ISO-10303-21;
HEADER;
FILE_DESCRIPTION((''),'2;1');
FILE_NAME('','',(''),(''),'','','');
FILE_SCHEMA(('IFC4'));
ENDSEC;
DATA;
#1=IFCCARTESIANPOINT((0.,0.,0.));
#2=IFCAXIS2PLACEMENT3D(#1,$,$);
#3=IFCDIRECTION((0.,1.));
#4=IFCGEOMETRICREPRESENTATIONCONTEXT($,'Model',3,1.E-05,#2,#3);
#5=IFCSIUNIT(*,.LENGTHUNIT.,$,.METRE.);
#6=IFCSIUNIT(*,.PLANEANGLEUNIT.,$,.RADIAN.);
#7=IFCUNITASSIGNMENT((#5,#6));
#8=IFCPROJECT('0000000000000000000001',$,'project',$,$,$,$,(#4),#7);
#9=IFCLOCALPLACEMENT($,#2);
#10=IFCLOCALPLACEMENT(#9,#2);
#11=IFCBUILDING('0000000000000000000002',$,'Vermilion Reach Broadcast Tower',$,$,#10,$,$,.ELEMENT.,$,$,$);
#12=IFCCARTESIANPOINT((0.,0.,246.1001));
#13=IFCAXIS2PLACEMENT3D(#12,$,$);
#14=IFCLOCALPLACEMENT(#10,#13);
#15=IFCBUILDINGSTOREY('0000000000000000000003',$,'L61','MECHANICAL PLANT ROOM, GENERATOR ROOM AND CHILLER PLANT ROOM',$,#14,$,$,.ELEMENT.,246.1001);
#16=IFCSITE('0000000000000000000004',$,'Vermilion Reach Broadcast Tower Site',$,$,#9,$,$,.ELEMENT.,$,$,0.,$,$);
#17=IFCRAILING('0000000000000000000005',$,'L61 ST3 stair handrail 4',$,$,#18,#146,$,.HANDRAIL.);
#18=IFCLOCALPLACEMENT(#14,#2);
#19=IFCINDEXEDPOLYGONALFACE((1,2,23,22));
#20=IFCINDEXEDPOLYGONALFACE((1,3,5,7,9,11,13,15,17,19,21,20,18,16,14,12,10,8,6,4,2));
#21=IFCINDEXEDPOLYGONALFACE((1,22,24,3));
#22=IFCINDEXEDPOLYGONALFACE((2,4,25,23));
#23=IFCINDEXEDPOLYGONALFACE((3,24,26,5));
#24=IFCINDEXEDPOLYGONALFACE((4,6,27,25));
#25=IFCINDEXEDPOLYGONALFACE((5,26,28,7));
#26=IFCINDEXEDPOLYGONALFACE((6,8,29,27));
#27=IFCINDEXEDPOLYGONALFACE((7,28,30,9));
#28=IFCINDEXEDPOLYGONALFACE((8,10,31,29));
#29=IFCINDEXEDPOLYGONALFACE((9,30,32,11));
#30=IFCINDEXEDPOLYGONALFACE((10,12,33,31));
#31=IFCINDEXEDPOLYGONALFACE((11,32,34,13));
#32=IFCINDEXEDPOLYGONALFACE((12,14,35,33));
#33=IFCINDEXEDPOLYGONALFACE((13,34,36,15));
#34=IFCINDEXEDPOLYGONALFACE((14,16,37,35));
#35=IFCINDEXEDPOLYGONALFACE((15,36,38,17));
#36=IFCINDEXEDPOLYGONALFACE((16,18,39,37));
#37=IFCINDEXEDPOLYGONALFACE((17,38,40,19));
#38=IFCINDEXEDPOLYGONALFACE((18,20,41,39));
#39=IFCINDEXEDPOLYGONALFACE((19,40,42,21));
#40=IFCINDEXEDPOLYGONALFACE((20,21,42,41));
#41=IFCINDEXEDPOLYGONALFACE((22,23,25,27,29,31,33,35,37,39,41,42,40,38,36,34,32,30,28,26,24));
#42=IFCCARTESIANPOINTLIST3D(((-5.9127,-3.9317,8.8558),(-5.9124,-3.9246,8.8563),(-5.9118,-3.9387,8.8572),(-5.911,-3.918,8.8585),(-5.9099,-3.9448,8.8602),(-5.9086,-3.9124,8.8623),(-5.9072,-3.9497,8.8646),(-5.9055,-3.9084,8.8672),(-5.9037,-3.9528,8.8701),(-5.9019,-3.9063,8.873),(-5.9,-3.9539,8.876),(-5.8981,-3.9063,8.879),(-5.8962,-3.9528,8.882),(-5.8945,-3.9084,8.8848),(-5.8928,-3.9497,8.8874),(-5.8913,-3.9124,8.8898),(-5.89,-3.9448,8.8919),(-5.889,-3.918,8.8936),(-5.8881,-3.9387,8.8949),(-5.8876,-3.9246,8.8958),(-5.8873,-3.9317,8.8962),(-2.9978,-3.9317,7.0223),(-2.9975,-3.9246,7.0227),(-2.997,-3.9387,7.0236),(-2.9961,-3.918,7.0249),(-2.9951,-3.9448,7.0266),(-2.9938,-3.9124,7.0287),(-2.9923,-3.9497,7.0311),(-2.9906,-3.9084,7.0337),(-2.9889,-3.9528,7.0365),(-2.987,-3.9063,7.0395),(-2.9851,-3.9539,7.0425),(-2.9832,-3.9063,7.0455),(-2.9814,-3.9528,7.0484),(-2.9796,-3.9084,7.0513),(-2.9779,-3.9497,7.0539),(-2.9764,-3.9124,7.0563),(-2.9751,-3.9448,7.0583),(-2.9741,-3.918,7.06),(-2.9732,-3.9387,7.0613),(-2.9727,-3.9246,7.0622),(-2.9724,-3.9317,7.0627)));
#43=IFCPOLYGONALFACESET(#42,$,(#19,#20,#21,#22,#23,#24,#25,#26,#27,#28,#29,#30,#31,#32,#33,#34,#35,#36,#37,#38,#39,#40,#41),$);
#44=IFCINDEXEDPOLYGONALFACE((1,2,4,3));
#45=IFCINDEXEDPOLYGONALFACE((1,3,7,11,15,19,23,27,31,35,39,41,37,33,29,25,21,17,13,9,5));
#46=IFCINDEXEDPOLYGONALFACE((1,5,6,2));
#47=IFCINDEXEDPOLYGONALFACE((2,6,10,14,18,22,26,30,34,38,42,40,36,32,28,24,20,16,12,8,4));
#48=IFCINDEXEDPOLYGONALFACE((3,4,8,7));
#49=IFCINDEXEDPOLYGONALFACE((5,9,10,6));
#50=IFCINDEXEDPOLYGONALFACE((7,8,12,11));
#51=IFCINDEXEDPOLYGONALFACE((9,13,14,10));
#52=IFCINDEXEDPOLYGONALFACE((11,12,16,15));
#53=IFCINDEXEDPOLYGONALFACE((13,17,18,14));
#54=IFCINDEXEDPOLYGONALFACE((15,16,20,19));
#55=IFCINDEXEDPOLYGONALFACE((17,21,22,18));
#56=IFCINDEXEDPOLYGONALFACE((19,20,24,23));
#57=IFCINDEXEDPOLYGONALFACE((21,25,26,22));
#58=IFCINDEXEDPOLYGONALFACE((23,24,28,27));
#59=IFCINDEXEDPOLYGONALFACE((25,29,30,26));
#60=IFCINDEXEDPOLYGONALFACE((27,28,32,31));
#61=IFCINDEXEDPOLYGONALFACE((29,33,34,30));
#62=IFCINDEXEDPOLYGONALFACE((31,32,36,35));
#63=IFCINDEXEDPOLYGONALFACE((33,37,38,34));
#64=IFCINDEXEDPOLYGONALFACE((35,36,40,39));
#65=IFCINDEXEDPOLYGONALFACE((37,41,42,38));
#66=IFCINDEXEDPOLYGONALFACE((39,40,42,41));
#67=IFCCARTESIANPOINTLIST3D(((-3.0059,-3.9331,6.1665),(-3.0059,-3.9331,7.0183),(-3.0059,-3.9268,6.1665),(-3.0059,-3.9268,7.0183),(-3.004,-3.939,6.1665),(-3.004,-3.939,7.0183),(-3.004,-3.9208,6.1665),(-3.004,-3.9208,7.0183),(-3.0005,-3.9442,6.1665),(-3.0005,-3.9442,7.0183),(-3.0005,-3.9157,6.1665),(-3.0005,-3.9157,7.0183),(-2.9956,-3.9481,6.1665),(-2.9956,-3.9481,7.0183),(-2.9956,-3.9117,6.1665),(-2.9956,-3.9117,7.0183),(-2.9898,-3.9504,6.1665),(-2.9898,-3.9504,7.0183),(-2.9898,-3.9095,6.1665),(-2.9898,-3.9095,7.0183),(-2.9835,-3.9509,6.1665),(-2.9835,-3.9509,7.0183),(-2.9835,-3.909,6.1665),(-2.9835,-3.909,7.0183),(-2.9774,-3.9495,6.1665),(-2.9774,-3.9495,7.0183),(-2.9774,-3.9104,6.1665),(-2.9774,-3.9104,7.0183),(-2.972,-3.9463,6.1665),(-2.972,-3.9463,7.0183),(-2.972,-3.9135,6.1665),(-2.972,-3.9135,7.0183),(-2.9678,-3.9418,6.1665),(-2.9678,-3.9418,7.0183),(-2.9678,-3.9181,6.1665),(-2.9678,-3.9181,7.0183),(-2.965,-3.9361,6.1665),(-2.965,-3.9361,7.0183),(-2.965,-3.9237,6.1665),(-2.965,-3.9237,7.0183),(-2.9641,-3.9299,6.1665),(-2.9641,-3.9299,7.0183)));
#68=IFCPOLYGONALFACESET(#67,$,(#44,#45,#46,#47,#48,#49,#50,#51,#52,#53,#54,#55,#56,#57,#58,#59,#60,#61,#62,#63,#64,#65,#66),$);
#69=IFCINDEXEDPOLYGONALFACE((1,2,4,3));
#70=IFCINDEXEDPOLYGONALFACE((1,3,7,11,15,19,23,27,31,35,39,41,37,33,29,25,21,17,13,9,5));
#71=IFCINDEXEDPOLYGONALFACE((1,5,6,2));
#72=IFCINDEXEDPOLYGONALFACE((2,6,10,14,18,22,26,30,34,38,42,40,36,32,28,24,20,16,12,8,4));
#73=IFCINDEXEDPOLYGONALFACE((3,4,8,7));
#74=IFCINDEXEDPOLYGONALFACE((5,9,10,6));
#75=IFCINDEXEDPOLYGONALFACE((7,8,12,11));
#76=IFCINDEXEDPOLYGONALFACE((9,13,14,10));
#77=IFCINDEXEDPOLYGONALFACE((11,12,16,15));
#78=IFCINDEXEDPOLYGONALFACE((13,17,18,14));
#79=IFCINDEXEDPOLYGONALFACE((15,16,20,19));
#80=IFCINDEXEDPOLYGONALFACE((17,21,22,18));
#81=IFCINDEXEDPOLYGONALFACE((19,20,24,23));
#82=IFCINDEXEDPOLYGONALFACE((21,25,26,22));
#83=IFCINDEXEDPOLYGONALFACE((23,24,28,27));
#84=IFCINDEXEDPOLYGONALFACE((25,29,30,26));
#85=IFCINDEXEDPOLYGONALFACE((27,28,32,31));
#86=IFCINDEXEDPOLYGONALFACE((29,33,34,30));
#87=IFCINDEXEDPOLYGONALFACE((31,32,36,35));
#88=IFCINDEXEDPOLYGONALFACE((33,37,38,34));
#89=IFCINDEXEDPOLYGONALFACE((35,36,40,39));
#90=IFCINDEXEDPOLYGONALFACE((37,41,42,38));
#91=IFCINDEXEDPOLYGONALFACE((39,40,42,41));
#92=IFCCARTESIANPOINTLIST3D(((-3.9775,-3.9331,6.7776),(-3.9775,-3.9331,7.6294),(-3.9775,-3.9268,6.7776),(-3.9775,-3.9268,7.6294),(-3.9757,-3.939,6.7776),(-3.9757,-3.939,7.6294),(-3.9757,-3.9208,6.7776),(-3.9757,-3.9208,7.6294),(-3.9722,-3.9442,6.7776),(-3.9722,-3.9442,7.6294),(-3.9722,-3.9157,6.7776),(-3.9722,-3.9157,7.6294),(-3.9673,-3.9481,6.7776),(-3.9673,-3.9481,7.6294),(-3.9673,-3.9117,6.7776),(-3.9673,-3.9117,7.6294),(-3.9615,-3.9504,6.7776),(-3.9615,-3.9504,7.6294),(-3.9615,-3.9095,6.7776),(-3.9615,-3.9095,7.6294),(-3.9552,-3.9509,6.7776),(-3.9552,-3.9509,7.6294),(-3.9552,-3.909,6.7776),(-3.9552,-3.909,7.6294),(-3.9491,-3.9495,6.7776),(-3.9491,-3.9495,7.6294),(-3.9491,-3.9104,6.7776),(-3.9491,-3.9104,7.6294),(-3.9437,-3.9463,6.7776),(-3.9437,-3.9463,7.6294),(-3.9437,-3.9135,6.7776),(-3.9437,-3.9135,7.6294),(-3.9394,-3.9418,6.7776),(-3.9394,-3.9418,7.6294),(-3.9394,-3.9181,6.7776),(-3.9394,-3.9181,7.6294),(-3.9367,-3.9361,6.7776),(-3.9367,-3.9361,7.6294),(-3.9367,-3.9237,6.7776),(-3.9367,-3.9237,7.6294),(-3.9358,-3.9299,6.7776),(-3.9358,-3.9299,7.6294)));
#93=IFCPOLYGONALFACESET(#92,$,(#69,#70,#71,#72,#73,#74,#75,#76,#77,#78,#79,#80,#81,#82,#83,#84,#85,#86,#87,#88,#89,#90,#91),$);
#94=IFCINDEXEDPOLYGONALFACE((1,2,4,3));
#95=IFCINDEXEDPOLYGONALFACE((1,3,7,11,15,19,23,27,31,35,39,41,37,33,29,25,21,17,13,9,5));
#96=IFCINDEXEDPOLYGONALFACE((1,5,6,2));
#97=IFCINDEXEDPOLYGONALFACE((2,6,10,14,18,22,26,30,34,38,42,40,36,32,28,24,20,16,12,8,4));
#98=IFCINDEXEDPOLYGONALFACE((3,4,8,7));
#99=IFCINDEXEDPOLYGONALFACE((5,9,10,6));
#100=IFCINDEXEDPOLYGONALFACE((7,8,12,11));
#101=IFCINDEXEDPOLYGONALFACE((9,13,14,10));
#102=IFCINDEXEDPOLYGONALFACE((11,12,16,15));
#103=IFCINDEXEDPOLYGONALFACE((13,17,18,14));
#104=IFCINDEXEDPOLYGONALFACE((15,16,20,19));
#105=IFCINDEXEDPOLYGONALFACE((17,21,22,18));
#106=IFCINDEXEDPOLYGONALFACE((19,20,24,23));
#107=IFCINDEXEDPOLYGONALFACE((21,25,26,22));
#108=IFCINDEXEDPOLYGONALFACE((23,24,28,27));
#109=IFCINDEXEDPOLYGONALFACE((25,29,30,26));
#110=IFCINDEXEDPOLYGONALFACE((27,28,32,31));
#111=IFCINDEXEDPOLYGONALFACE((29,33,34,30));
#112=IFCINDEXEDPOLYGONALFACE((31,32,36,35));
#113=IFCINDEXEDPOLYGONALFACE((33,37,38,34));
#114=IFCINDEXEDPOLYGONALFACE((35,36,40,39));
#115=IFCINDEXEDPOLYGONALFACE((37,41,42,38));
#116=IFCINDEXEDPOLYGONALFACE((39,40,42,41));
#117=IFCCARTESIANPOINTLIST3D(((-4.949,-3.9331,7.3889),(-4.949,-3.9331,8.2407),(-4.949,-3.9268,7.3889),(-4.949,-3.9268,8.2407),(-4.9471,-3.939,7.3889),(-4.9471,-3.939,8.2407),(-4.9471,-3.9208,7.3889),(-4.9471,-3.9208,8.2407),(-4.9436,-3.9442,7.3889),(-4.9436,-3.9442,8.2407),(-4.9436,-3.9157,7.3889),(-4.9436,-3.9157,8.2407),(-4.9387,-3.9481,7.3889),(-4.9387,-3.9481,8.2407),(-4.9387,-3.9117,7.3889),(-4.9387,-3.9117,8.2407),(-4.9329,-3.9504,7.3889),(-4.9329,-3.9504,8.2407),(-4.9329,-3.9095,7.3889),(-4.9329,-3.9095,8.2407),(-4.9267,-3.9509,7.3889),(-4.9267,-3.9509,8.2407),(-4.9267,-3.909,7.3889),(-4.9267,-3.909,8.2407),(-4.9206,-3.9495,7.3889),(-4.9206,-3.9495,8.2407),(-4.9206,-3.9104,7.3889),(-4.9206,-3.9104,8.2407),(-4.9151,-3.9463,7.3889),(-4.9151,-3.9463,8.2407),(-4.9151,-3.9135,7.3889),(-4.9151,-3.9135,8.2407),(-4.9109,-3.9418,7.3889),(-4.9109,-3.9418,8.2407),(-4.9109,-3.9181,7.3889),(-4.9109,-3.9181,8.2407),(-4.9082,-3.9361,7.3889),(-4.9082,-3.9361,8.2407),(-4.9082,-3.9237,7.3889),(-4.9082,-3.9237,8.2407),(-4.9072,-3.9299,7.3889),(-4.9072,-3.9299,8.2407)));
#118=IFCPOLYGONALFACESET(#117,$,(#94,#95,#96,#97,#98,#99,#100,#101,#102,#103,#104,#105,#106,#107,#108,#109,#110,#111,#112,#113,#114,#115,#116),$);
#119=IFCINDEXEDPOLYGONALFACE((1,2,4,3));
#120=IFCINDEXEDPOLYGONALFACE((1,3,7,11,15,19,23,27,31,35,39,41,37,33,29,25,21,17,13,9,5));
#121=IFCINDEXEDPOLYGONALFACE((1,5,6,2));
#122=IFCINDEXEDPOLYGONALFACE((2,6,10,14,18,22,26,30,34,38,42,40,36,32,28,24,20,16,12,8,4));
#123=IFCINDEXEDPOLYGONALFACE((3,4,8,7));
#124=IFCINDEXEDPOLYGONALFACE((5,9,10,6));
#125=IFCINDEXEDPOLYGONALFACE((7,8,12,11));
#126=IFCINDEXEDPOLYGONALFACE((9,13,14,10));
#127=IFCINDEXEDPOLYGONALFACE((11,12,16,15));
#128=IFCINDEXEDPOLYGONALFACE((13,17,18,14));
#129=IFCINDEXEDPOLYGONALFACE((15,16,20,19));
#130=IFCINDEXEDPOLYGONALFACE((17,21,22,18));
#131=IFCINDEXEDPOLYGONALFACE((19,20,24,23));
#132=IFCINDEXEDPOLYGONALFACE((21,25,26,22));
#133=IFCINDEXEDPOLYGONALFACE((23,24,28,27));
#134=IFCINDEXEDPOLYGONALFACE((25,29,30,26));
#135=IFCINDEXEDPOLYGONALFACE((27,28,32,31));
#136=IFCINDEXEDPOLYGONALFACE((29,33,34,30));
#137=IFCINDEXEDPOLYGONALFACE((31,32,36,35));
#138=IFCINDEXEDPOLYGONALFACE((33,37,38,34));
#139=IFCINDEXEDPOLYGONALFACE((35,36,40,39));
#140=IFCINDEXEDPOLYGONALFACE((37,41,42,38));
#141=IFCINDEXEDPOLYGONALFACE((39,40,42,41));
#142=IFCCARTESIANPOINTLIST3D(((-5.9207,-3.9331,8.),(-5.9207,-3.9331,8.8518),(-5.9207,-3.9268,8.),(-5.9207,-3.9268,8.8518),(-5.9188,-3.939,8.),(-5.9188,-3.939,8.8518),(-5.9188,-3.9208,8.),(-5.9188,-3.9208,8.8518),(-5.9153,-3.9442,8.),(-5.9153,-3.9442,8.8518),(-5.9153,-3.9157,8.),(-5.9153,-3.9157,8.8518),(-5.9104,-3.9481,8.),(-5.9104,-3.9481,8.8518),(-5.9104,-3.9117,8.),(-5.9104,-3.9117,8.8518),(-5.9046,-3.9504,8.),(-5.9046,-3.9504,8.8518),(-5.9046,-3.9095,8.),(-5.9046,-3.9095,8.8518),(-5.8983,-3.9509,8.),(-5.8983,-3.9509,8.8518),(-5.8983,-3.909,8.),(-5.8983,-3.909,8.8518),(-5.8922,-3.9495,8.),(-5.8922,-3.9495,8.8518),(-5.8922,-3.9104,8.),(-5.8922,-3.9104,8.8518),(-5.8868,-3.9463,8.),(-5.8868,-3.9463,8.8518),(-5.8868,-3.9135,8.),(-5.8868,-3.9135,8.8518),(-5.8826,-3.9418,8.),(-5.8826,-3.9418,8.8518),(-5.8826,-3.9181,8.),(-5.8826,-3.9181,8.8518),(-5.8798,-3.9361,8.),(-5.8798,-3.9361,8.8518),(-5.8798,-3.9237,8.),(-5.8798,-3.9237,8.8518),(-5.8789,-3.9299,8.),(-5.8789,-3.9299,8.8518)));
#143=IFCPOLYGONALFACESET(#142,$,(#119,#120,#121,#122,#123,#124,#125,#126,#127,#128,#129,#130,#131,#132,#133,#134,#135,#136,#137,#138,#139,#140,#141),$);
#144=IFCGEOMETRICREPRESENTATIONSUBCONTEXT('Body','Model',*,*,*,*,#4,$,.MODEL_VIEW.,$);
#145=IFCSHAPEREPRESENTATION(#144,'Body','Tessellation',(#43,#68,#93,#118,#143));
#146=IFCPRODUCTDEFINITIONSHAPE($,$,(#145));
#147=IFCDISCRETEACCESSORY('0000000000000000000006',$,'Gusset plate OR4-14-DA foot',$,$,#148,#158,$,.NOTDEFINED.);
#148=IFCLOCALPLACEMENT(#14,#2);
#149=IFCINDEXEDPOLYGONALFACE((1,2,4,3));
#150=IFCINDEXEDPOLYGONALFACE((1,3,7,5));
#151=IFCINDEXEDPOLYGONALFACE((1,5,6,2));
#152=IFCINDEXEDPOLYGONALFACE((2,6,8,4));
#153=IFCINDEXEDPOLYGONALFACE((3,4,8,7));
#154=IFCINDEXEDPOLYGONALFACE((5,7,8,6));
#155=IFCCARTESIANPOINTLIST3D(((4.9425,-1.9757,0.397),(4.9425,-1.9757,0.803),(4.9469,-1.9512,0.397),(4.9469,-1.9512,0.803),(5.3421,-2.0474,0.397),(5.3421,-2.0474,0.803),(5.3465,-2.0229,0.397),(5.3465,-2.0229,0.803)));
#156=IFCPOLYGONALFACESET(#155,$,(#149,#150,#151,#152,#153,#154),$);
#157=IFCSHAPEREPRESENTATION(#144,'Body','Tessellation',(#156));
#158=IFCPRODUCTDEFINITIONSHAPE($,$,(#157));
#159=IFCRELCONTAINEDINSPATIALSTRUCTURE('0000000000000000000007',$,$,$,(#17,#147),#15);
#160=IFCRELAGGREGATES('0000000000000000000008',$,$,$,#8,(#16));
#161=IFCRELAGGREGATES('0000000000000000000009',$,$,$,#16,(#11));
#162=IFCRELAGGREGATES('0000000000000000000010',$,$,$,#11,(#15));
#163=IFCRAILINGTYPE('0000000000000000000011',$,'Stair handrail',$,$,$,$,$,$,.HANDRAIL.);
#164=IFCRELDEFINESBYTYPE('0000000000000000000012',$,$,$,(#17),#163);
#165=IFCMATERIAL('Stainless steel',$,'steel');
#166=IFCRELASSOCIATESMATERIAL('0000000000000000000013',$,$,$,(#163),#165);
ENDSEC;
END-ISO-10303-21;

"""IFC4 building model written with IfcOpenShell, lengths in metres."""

from ifc_helpers import new_model, si_unit, direction, frame, origin, origin_2d, place, context, subcontext, project, spatial, rectangle, circle, extrude, material, type_object, element, save


model = new_model("IFC4")

# Units and contexts
model_context = context("Model", 3, precision=1e-05, world=origin(), true_north=direction((0.0, 1.0)))
body_context = subcontext(model_context, "Body", "Model", "MODEL_VIEW")
ifc_project = project(units=[si_unit("LENGTHUNIT", "METRE"), si_unit("PLANEANGLEUNIT", "RADIAN")], contexts=[model_context])

# Site, building, storey
site_placement = place(None, origin())
site = spatial("IfcSite", under=ifc_project, at=site_placement, Name="Vermilion Reach Broadcast Tower Site", CompositionType="ELEMENT", RefElevation=0.0)
building_placement = place(site_placement, origin())
building = spatial("IfcBuilding", under=site, at=building_placement, Name="Vermilion Reach Broadcast Tower", CompositionType="ELEMENT")
storey_placement = place(building_placement, frame((0.0, 0.0, 246.1001)))
storey = spatial("IfcBuildingStorey", under=building, at=storey_placement, Name="L61", Description="MECHANICAL PLANT ROOM, GENERATOR ROOM AND CHILLER PLANT ROOM", CompositionType="ELEMENT", Elevation=246.1001)

# Railing
ifc_material_1 = material(Name="Stainless steel", Category="steel")
railing_type_1 = type_object("IfcRailingType", Name="Stair handrail", PredefinedType="HANDRAIL", material=ifc_material_1)
for number, where, name in (
    (1, (-2.9851, -3.9299, 6.1665), "L61 ST3 stair handrail 4"),
):
    element("IfcRailing", number, at=place(storey_placement, frame(where)), inside=storey, type_object=railing_type_1, Name=name, PredefinedType="HANDRAIL", context=body_context, shape_type="SweptSolid", body=[
        extrude(circle(Radius=0.0239, at=origin_2d()), frame((0.0, 0.0, 0.876), z_axis=(-0.846461, 0.0, 0.53245), x_axis=(0.0, -1.0, 0.0)), (0.0, 0.0, 1.0), 3.4436),
        extrude(circle(Radius=0.021, at=origin_2d()), origin(), (0.0, 0.0, 1.0), 0.8518),
        extrude(circle(Radius=0.021, at=origin_2d()), frame((-0.9717, 0.0, 0.6111)), (0.0, 0.0, 1.0), 0.8518),
        extrude(circle(Radius=0.021, at=origin_2d()), frame((-1.9431, 0.0, 1.2224)), (0.0, 0.0, 1.0), 0.8518),
        extrude(circle(Radius=0.021, at=origin_2d()), frame((-2.9148, 0.0, 1.8335)), (0.0, 0.0, 1.0), 0.8518),
    ])

# Discrete accessory
discrete_accessory_placement = place(storey_placement, frame((5.1445, -1.9993, 0.397), z_axis=(0.0, 0.0, 1.0), x_axis=(0.176569, 0.984288, 0.0)))
element("IfcDiscreteAccessory", 2, at=discrete_accessory_placement, inside=storey, Name="Gusset plate OR4-14-DA foot", PredefinedType="NOTDEFINED", context=body_context, shape_type="SweptSolid", body=[
    extrude(rectangle(XDim=0.0249, YDim=0.406, at=origin_2d()), origin(), (0.0, 0.0, 1.0), 0.406),
])

save(model, "model.ifc")
